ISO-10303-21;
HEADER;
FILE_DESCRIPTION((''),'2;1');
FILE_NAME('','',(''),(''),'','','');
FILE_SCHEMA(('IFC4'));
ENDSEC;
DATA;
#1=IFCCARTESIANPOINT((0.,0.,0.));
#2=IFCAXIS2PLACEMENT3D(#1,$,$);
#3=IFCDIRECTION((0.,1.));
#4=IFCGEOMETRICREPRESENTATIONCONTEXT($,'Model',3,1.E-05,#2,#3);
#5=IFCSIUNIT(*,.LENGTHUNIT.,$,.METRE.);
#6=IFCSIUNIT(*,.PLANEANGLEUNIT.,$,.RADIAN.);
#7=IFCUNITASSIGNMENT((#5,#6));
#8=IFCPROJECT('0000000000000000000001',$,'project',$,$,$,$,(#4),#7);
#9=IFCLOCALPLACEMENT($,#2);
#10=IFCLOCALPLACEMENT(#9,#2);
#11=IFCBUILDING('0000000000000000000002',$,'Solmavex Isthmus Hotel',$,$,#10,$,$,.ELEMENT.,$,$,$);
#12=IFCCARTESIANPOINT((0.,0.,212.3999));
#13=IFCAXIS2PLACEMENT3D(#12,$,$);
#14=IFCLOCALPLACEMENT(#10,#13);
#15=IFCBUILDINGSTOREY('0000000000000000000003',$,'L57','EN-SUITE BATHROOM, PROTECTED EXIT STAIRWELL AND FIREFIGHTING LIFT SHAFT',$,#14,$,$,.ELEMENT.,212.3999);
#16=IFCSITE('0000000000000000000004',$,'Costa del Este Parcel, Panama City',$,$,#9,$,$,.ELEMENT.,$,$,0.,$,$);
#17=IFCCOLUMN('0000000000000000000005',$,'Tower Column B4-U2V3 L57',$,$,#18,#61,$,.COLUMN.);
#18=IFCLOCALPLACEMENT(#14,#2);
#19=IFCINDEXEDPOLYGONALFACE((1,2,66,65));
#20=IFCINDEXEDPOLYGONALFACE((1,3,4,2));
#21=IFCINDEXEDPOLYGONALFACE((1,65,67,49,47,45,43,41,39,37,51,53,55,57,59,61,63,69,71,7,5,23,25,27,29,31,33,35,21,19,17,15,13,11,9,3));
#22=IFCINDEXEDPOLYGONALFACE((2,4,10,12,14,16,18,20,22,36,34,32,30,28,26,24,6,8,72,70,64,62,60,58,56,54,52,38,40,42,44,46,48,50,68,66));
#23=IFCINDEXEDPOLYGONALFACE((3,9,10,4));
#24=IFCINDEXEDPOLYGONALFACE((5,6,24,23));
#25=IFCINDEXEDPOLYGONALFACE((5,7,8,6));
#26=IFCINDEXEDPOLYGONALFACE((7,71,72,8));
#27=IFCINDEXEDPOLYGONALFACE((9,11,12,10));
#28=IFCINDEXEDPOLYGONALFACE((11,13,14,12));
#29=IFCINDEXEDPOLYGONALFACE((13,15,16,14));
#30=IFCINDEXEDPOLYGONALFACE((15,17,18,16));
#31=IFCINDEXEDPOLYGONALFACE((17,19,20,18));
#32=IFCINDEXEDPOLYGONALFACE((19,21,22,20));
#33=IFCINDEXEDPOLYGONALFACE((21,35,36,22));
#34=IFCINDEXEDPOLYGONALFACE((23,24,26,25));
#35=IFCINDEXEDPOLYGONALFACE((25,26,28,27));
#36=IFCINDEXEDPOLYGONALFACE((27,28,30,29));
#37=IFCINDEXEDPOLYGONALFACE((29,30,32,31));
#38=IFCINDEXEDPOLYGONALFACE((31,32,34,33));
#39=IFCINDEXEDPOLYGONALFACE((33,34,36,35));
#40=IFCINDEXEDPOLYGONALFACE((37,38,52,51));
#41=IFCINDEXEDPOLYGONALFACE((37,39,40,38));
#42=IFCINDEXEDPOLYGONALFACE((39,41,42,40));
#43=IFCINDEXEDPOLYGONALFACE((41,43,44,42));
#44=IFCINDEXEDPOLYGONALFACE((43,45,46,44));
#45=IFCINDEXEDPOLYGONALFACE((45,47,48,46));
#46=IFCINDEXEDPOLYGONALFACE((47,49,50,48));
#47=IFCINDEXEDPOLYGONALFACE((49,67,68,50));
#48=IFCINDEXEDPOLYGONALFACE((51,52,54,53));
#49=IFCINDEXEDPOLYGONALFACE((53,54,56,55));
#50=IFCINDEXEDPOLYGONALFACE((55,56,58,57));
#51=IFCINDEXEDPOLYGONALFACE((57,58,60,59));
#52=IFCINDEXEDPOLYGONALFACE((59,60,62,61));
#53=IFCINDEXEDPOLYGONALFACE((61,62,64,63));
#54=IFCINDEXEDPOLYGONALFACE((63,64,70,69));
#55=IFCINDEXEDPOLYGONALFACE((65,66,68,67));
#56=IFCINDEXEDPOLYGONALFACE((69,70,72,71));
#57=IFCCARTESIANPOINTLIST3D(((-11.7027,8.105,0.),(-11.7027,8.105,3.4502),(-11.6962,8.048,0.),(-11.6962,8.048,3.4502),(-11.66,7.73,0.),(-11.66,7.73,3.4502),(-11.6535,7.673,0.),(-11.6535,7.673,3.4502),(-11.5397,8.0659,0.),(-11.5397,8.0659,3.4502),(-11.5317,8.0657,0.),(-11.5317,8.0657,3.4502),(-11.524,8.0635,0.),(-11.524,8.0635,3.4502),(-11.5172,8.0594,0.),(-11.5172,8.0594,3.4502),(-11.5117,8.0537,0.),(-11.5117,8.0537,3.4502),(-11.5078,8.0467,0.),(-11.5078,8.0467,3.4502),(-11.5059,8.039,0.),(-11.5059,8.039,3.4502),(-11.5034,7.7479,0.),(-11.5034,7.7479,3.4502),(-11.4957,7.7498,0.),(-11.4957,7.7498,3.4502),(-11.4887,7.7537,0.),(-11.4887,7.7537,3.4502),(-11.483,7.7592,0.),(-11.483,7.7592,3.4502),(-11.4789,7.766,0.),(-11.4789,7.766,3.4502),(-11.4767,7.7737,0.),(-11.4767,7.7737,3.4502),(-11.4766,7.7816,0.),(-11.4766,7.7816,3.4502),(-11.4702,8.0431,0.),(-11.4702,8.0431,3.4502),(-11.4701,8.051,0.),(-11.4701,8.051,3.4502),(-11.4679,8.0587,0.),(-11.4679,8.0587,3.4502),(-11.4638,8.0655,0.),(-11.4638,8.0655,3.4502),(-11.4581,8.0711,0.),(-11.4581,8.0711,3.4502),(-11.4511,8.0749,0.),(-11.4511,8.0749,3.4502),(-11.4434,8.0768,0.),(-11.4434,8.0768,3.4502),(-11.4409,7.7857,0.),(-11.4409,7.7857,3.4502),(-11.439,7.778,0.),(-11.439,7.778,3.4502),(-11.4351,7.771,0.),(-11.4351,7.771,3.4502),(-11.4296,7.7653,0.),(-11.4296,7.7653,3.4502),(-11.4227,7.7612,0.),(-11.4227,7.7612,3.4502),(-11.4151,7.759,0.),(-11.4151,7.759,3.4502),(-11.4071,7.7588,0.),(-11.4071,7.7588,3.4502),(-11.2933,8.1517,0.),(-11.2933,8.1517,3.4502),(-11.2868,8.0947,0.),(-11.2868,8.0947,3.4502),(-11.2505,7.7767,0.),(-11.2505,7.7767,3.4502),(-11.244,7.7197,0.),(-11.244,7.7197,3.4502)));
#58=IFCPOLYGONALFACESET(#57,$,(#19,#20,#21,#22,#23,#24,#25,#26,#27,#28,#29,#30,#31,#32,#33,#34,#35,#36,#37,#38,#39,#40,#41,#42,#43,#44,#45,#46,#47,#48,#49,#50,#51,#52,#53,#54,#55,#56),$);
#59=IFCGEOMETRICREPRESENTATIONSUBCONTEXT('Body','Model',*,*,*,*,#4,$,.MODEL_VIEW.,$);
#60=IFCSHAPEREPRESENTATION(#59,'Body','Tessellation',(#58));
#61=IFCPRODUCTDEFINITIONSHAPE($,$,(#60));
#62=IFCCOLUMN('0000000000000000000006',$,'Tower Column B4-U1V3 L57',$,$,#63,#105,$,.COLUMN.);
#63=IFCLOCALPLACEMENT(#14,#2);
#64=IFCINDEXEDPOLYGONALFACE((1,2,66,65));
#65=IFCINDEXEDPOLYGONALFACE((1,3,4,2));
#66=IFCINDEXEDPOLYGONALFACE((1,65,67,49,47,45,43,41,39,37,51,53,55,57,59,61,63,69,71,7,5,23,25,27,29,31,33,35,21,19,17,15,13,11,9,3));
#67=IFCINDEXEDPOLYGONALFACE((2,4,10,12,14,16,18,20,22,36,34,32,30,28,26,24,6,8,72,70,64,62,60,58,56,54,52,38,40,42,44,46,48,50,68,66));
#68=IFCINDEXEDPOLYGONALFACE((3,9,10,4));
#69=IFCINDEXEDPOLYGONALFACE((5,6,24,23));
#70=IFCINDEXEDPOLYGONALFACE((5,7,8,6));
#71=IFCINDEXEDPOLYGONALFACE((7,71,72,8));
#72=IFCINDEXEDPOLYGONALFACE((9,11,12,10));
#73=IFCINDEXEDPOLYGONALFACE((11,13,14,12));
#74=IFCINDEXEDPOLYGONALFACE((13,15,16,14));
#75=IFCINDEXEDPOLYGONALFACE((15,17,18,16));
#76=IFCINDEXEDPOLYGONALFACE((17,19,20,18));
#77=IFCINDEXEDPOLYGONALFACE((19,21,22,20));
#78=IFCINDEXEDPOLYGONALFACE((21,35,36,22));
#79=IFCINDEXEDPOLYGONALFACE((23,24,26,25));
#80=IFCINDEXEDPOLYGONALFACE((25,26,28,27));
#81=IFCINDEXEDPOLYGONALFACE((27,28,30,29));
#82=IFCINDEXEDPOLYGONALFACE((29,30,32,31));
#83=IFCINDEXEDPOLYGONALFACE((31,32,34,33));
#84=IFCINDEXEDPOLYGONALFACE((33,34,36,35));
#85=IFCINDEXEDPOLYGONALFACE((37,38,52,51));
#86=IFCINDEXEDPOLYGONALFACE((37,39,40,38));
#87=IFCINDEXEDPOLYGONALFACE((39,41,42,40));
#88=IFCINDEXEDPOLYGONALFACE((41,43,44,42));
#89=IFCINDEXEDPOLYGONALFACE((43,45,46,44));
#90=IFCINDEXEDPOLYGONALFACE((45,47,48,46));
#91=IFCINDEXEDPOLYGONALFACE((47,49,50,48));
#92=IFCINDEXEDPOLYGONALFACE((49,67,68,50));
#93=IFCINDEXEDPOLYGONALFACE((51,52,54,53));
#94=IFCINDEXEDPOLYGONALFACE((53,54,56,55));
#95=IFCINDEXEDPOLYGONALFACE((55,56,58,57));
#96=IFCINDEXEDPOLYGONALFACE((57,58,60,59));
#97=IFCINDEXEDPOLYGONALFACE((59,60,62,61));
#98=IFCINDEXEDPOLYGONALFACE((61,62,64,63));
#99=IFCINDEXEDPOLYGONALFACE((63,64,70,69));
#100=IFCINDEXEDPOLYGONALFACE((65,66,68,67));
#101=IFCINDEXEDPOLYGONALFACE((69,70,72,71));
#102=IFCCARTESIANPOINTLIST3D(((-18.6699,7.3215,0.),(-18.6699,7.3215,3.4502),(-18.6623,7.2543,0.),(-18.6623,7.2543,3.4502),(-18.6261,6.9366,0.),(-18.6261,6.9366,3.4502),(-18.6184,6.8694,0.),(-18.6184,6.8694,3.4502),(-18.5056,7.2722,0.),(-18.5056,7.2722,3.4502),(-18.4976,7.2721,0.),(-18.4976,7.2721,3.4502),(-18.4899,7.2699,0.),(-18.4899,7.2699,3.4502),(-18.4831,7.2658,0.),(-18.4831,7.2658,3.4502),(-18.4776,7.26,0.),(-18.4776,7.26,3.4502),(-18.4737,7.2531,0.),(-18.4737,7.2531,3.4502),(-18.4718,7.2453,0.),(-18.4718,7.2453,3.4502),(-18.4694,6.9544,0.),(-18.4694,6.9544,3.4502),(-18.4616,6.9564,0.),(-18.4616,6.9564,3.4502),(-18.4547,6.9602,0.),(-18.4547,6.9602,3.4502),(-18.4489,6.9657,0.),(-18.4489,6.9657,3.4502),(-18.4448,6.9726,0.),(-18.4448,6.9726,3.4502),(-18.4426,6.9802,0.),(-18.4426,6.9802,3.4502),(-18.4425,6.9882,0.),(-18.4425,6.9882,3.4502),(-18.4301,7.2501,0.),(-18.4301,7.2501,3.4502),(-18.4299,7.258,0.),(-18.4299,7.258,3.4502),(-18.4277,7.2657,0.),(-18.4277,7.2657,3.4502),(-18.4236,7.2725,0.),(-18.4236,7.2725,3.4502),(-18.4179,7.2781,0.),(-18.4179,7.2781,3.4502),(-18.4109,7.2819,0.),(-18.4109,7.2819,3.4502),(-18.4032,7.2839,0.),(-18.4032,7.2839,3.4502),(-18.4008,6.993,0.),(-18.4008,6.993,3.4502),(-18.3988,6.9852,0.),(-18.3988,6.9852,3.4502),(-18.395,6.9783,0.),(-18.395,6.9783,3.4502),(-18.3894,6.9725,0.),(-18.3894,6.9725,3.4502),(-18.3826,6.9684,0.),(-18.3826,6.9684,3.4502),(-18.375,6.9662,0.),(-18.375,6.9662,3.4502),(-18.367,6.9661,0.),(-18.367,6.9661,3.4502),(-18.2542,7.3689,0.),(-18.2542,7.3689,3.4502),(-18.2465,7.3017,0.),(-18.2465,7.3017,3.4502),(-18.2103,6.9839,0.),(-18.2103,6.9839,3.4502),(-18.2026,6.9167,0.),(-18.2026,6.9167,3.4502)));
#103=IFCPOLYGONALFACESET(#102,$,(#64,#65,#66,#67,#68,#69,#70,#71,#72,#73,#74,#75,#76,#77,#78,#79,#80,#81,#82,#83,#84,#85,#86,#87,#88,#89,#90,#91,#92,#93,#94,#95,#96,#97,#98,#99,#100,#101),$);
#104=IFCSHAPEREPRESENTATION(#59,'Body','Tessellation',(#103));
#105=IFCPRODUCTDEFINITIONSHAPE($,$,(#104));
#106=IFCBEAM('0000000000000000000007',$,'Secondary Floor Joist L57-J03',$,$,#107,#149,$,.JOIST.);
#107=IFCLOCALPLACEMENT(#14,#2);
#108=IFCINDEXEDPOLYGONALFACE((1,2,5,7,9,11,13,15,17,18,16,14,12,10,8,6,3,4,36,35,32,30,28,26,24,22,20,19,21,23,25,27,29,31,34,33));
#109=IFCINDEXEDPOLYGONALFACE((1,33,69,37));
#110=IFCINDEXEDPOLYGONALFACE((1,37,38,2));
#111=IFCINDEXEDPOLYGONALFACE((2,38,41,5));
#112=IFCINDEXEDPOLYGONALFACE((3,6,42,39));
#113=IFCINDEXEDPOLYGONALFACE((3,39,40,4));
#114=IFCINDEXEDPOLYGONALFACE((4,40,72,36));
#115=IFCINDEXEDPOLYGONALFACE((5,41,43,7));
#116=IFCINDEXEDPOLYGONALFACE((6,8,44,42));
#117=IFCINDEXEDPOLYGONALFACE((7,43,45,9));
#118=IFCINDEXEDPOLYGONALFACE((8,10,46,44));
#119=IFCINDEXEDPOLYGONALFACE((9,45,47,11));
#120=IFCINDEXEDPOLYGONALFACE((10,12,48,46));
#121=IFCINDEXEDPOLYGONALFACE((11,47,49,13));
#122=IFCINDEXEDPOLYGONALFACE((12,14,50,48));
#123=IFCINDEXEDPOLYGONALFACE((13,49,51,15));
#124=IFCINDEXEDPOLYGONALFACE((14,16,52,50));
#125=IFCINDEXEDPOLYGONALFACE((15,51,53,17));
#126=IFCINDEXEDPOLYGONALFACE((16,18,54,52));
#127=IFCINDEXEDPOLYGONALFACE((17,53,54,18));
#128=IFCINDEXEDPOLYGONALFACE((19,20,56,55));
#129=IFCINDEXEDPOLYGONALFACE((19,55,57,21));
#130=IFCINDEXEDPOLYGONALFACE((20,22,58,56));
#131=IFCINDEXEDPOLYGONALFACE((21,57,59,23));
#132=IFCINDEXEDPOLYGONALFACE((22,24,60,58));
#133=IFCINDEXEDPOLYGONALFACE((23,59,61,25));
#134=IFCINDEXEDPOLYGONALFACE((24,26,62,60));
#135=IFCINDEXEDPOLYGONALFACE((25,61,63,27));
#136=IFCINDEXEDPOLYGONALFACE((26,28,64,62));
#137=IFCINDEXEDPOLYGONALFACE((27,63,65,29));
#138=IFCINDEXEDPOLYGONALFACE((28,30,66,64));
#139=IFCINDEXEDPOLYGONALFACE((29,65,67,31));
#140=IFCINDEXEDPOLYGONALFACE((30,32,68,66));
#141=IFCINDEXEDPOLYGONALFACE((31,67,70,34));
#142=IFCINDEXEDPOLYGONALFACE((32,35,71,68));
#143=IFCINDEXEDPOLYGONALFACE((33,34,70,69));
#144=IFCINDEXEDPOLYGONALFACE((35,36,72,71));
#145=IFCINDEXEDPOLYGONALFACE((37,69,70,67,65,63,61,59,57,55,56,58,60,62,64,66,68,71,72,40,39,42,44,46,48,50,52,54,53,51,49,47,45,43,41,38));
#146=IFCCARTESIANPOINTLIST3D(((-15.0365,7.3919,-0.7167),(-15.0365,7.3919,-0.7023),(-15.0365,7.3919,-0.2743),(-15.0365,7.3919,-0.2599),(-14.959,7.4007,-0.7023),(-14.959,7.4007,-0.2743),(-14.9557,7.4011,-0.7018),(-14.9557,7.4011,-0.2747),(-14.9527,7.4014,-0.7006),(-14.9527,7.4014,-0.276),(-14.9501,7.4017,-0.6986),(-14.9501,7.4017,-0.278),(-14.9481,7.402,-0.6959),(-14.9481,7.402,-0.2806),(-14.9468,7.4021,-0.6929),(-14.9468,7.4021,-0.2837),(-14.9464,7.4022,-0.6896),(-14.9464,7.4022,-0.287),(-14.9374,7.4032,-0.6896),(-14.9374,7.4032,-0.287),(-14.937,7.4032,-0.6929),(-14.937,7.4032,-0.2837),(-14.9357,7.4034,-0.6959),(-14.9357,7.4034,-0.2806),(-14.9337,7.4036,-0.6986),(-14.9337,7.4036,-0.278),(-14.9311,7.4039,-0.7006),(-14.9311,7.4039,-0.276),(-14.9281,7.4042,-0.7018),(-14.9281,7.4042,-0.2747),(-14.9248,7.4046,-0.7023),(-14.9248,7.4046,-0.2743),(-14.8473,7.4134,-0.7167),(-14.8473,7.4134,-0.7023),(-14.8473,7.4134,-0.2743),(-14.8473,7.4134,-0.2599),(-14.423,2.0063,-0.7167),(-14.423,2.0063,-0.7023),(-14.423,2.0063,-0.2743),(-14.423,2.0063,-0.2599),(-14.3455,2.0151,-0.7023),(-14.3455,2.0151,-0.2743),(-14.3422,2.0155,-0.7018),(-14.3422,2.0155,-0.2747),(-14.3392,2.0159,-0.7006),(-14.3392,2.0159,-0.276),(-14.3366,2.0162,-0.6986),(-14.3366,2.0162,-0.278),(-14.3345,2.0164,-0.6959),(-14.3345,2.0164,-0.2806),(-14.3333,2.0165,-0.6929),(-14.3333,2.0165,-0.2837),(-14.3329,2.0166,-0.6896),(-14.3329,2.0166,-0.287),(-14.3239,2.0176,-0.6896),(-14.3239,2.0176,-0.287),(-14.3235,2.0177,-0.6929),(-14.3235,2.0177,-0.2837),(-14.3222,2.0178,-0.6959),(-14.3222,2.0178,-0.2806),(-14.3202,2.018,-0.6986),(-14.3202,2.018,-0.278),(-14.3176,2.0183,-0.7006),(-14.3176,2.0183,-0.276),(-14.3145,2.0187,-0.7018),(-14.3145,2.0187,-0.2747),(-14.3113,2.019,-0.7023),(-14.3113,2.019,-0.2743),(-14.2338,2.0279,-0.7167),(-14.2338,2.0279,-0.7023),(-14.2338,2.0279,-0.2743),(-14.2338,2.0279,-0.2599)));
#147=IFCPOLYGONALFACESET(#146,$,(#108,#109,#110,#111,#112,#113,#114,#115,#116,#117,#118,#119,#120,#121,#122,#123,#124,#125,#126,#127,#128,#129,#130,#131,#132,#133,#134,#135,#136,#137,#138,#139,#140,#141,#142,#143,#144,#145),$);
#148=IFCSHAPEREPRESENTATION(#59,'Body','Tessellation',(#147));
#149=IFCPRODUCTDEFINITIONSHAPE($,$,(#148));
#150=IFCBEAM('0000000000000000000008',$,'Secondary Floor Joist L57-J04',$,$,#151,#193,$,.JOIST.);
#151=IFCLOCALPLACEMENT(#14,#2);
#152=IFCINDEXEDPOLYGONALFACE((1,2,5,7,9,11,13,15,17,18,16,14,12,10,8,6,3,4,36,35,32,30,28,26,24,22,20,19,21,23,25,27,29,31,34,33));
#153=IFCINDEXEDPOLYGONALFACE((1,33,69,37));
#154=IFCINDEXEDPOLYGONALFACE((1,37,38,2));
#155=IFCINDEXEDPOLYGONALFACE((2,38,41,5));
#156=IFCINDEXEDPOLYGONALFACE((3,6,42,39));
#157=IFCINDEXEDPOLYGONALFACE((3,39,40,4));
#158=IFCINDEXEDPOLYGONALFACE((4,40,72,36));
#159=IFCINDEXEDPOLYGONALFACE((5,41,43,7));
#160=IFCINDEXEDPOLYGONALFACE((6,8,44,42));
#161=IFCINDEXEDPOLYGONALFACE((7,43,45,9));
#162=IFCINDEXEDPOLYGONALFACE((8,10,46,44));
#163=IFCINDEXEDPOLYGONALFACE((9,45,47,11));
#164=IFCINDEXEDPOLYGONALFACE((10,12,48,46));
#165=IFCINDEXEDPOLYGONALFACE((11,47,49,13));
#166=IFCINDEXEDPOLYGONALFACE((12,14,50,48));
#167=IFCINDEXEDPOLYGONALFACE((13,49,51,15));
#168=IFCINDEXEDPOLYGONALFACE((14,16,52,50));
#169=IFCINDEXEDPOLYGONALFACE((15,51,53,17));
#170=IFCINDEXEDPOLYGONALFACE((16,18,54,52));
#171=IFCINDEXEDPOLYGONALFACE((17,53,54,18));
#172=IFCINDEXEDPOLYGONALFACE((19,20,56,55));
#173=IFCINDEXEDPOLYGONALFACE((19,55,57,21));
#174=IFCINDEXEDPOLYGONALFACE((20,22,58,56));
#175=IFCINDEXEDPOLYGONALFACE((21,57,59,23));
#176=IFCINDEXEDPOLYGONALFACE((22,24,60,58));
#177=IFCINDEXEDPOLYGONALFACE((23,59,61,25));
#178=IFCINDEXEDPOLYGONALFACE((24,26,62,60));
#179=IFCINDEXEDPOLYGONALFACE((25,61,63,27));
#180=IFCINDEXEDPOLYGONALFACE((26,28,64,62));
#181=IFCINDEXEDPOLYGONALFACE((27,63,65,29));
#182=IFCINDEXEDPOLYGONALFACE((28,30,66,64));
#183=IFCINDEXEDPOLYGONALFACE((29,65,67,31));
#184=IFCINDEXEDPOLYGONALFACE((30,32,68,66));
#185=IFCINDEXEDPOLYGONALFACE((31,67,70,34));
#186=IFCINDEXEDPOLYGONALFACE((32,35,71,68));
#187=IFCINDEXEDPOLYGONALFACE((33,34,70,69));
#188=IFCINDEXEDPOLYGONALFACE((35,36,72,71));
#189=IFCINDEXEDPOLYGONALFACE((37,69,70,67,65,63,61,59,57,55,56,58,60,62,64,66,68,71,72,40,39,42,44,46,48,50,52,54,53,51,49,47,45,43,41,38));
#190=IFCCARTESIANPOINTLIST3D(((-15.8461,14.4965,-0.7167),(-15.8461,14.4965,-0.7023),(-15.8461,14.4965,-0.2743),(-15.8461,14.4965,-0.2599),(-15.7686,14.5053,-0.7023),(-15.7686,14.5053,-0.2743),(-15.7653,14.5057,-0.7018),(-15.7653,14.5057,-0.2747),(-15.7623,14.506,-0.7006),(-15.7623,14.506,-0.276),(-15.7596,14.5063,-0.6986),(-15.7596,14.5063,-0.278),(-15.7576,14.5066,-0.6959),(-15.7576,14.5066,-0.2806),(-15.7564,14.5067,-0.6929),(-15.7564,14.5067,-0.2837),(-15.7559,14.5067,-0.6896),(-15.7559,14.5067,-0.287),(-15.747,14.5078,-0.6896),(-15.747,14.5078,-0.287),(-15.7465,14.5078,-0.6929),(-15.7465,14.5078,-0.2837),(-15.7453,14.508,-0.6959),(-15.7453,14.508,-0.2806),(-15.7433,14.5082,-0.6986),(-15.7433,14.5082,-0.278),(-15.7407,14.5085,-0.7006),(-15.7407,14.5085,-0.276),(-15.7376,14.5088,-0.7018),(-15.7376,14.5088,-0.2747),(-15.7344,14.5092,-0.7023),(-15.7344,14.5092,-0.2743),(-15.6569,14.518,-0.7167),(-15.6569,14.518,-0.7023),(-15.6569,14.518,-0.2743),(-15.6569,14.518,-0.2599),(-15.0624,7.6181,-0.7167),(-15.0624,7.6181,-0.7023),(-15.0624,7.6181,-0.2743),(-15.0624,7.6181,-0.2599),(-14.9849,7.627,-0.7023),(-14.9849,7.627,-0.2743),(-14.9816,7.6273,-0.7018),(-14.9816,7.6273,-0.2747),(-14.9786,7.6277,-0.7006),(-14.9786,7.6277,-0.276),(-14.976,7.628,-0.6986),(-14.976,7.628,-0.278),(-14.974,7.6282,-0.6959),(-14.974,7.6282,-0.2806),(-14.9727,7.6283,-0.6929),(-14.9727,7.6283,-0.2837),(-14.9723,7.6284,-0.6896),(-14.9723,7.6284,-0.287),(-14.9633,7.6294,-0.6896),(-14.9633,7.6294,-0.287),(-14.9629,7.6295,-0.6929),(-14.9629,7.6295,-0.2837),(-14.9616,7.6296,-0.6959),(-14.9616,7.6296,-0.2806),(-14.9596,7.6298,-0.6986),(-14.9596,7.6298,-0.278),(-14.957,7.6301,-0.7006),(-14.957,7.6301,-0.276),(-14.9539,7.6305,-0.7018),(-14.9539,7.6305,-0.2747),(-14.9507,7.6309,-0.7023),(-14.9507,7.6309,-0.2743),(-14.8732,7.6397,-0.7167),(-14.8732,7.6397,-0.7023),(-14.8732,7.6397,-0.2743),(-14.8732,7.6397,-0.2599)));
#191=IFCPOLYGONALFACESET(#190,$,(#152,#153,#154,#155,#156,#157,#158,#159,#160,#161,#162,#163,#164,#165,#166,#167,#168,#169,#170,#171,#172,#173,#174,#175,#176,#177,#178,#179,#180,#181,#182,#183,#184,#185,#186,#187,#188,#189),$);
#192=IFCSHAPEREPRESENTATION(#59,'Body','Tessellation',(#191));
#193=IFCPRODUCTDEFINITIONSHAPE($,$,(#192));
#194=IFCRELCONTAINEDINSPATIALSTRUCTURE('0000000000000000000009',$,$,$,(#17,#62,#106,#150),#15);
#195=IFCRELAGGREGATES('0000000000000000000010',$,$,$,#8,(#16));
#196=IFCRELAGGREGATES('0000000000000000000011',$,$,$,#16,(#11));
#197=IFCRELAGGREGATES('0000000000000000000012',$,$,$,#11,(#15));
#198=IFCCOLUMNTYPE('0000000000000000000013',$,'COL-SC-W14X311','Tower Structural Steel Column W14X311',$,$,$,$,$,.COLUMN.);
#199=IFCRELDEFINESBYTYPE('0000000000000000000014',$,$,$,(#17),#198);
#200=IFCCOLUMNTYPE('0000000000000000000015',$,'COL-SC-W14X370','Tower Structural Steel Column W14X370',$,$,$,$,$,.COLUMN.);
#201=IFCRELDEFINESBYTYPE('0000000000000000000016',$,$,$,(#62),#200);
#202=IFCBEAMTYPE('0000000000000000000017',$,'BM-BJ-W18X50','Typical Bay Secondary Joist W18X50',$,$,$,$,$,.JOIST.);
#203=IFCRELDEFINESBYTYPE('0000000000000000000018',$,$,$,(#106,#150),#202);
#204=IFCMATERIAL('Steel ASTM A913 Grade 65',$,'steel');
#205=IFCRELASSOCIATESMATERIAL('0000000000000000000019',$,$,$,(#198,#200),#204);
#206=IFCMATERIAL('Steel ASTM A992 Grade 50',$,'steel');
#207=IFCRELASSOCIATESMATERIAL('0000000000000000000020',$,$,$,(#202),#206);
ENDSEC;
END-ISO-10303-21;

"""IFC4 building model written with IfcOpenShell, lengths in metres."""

from ifc_helpers import new_model, si_unit, direction, frame, origin, origin_2d, place, context, subcontext, project, spatial, i_section, extrude, material, material_profile, profile_set, type_object, element, save


model = new_model("IFC4")

# Units and contexts
model_context = context("Model", 3, precision=1e-05, world=origin(), true_north=direction((0.0, 1.0)))
body_context = subcontext(model_context, "Body", "Model", "MODEL_VIEW")
ifc_project = project(units=[si_unit("LENGTHUNIT", "METRE"), si_unit("PLANEANGLEUNIT", "RADIAN")], contexts=[model_context])

# Site, building, storey
site_placement = place(None, origin())
site = spatial("IfcSite", under=ifc_project, at=site_placement, Name="Costa del Este Parcel, Panama City", CompositionType="ELEMENT", RefElevation=0.0)
building_placement = place(site_placement, origin())
building = spatial("IfcBuilding", under=site, at=building_placement, Name="Solmavex Isthmus Hotel", CompositionType="ELEMENT")
storey_placement = place(building_placement, frame((0.0, 0.0, 212.3999)))
storey = spatial("IfcBuildingStorey", under=building, at=storey_placement, Name="L57", Description="EN-SUITE BATHROOM, PROTECTED EXIT STAIRWELL AND FIREFIGHTING LIFT SHAFT", CompositionType="ELEMENT", Elevation=212.3999)

# Columns
ifc_material_1 = material(Name="Steel ASTM A913 Grade 65", Category="steel")
ifc_material_profile_1 = material_profile(ifc_material_1, i_section(OverallWidth=0.4121, OverallDepth=0.4348, WebThickness=0.0359, FlangeThickness=0.0574, FilletRadius=0.0305, at=origin_2d()), Name="W14X311")
ifc_profile_set_1 = profile_set([ifc_material_profile_1], Name="Steel ASTM A913 Grade 65")
column_type_1 = type_object("IfcColumnType", Name="COL-SC-W14X311", Description="Tower Structural Steel Column W14X311", PredefinedType="COLUMN", material=ifc_profile_set_1)
column_1_placement = place(storey_placement, frame((-11.4734, 7.9124, 0.0), z_axis=(0.0, 0.0, 1.0), x_axis=(0.993572, 0.113203, 0.0)))
element("IfcColumn", 1, at=column_1_placement, inside=storey, type_object=column_type_1, Name="Tower Column B4-U2V3 L57", PredefinedType="COLUMN", context=body_context, shape_type="SweptSolid", body=[
    extrude(i_section(OverallWidth=0.4121, OverallDepth=0.4348, WebThickness=0.0359, FlangeThickness=0.0574, FilletRadius=0.0305, at=origin_2d()), origin(), (0.0, 0.0, 1.0), 3.4502),
])
ifc_material_profile_2 = material_profile(ifc_material_1, i_section(OverallWidth=0.4185, OverallDepth=0.4551, WebThickness=0.042, FlangeThickness=0.0676, FilletRadius=0.0305, at=origin_2d()), Name="W14X370")
ifc_profile_set_2 = profile_set([ifc_material_profile_2], Name="Steel ASTM A913 Grade 65")
column_type_2 = type_object("IfcColumnType", Name="COL-SC-W14X370", Description="Tower Structural Steel Column W14X370", PredefinedType="COLUMN", material=ifc_profile_set_2)
column_2_placement = place(storey_placement, frame((-18.4363, 7.1191, 0.0), z_axis=(0.0, 0.0, 1.0), x_axis=(0.993572, 0.113203, 0.0)))
element("IfcColumn", 2, at=column_2_placement, inside=storey, type_object=column_type_2, Name="Tower Column B4-U1V3 L57", PredefinedType="COLUMN", context=body_context, shape_type="SweptSolid", body=[
    extrude(i_section(OverallWidth=0.4185, OverallDepth=0.4551, WebThickness=0.042, FlangeThickness=0.0676, FilletRadius=0.0305, at=origin_2d()), origin(), (0.0, 0.0, 1.0), 3.4502),
])

# Beams
ifc_material_2 = material(Name="Steel ASTM A992 Grade 50", Category="steel")
ifc_material_profile_3 = material_profile(ifc_material_2, i_section(OverallWidth=0.1904, OverallDepth=0.4568, WebThickness=0.009, FlangeThickness=0.0144, FilletRadius=0.0127, at=origin_2d()), Name="W18X50")
ifc_profile_set_3 = profile_set([ifc_material_profile_3], Name="Steel ASTM A992 Grade 50")
beam_type_1 = type_object("IfcBeamType", Name="BM-BJ-W18X50", Description="Typical Bay Secondary Joist W18X50", PredefinedType="JOIST", material=ifc_profile_set_3)
beam_1_placement = place(storey_placement, frame((-14.3284, 2.0171, -0.4883), z_axis=(-0.11319, 0.993573, 0.0), x_axis=(-0.993573, -0.11319, 0.0)))
element("IfcBeam", 3, at=beam_1_placement, inside=storey, type_object=beam_type_1, Name="Secondary Floor Joist L57-J03", PredefinedType="JOIST", context=body_context, shape_type="SweptSolid", body=[
    extrude(i_section(OverallWidth=0.1904, OverallDepth=0.4568, WebThickness=0.009, FlangeThickness=0.0144, FilletRadius=0.0127, at=origin_2d()), origin(), (0.0, 0.0, 1.0), 5.4204),
])
beam_2_placement = place(storey_placement, frame((-14.9678, 7.6289, -0.4883), z_axis=(-0.113202, 0.993572, 0.0), x_axis=(-0.993572, -0.113202, 0.0)))
element("IfcBeam", 4, at=beam_2_placement, inside=storey, type_object=beam_type_1, Name="Secondary Floor Joist L57-J04", PredefinedType="JOIST", context=body_context, shape_type="SweptSolid", body=[
    extrude(i_section(OverallWidth=0.1904, OverallDepth=0.4568, WebThickness=0.009, FlangeThickness=0.0144, FilletRadius=0.0127, at=origin_2d()), origin(), (0.0, 0.0, 1.0), 6.9229),
])

save(model, "model.ifc")
